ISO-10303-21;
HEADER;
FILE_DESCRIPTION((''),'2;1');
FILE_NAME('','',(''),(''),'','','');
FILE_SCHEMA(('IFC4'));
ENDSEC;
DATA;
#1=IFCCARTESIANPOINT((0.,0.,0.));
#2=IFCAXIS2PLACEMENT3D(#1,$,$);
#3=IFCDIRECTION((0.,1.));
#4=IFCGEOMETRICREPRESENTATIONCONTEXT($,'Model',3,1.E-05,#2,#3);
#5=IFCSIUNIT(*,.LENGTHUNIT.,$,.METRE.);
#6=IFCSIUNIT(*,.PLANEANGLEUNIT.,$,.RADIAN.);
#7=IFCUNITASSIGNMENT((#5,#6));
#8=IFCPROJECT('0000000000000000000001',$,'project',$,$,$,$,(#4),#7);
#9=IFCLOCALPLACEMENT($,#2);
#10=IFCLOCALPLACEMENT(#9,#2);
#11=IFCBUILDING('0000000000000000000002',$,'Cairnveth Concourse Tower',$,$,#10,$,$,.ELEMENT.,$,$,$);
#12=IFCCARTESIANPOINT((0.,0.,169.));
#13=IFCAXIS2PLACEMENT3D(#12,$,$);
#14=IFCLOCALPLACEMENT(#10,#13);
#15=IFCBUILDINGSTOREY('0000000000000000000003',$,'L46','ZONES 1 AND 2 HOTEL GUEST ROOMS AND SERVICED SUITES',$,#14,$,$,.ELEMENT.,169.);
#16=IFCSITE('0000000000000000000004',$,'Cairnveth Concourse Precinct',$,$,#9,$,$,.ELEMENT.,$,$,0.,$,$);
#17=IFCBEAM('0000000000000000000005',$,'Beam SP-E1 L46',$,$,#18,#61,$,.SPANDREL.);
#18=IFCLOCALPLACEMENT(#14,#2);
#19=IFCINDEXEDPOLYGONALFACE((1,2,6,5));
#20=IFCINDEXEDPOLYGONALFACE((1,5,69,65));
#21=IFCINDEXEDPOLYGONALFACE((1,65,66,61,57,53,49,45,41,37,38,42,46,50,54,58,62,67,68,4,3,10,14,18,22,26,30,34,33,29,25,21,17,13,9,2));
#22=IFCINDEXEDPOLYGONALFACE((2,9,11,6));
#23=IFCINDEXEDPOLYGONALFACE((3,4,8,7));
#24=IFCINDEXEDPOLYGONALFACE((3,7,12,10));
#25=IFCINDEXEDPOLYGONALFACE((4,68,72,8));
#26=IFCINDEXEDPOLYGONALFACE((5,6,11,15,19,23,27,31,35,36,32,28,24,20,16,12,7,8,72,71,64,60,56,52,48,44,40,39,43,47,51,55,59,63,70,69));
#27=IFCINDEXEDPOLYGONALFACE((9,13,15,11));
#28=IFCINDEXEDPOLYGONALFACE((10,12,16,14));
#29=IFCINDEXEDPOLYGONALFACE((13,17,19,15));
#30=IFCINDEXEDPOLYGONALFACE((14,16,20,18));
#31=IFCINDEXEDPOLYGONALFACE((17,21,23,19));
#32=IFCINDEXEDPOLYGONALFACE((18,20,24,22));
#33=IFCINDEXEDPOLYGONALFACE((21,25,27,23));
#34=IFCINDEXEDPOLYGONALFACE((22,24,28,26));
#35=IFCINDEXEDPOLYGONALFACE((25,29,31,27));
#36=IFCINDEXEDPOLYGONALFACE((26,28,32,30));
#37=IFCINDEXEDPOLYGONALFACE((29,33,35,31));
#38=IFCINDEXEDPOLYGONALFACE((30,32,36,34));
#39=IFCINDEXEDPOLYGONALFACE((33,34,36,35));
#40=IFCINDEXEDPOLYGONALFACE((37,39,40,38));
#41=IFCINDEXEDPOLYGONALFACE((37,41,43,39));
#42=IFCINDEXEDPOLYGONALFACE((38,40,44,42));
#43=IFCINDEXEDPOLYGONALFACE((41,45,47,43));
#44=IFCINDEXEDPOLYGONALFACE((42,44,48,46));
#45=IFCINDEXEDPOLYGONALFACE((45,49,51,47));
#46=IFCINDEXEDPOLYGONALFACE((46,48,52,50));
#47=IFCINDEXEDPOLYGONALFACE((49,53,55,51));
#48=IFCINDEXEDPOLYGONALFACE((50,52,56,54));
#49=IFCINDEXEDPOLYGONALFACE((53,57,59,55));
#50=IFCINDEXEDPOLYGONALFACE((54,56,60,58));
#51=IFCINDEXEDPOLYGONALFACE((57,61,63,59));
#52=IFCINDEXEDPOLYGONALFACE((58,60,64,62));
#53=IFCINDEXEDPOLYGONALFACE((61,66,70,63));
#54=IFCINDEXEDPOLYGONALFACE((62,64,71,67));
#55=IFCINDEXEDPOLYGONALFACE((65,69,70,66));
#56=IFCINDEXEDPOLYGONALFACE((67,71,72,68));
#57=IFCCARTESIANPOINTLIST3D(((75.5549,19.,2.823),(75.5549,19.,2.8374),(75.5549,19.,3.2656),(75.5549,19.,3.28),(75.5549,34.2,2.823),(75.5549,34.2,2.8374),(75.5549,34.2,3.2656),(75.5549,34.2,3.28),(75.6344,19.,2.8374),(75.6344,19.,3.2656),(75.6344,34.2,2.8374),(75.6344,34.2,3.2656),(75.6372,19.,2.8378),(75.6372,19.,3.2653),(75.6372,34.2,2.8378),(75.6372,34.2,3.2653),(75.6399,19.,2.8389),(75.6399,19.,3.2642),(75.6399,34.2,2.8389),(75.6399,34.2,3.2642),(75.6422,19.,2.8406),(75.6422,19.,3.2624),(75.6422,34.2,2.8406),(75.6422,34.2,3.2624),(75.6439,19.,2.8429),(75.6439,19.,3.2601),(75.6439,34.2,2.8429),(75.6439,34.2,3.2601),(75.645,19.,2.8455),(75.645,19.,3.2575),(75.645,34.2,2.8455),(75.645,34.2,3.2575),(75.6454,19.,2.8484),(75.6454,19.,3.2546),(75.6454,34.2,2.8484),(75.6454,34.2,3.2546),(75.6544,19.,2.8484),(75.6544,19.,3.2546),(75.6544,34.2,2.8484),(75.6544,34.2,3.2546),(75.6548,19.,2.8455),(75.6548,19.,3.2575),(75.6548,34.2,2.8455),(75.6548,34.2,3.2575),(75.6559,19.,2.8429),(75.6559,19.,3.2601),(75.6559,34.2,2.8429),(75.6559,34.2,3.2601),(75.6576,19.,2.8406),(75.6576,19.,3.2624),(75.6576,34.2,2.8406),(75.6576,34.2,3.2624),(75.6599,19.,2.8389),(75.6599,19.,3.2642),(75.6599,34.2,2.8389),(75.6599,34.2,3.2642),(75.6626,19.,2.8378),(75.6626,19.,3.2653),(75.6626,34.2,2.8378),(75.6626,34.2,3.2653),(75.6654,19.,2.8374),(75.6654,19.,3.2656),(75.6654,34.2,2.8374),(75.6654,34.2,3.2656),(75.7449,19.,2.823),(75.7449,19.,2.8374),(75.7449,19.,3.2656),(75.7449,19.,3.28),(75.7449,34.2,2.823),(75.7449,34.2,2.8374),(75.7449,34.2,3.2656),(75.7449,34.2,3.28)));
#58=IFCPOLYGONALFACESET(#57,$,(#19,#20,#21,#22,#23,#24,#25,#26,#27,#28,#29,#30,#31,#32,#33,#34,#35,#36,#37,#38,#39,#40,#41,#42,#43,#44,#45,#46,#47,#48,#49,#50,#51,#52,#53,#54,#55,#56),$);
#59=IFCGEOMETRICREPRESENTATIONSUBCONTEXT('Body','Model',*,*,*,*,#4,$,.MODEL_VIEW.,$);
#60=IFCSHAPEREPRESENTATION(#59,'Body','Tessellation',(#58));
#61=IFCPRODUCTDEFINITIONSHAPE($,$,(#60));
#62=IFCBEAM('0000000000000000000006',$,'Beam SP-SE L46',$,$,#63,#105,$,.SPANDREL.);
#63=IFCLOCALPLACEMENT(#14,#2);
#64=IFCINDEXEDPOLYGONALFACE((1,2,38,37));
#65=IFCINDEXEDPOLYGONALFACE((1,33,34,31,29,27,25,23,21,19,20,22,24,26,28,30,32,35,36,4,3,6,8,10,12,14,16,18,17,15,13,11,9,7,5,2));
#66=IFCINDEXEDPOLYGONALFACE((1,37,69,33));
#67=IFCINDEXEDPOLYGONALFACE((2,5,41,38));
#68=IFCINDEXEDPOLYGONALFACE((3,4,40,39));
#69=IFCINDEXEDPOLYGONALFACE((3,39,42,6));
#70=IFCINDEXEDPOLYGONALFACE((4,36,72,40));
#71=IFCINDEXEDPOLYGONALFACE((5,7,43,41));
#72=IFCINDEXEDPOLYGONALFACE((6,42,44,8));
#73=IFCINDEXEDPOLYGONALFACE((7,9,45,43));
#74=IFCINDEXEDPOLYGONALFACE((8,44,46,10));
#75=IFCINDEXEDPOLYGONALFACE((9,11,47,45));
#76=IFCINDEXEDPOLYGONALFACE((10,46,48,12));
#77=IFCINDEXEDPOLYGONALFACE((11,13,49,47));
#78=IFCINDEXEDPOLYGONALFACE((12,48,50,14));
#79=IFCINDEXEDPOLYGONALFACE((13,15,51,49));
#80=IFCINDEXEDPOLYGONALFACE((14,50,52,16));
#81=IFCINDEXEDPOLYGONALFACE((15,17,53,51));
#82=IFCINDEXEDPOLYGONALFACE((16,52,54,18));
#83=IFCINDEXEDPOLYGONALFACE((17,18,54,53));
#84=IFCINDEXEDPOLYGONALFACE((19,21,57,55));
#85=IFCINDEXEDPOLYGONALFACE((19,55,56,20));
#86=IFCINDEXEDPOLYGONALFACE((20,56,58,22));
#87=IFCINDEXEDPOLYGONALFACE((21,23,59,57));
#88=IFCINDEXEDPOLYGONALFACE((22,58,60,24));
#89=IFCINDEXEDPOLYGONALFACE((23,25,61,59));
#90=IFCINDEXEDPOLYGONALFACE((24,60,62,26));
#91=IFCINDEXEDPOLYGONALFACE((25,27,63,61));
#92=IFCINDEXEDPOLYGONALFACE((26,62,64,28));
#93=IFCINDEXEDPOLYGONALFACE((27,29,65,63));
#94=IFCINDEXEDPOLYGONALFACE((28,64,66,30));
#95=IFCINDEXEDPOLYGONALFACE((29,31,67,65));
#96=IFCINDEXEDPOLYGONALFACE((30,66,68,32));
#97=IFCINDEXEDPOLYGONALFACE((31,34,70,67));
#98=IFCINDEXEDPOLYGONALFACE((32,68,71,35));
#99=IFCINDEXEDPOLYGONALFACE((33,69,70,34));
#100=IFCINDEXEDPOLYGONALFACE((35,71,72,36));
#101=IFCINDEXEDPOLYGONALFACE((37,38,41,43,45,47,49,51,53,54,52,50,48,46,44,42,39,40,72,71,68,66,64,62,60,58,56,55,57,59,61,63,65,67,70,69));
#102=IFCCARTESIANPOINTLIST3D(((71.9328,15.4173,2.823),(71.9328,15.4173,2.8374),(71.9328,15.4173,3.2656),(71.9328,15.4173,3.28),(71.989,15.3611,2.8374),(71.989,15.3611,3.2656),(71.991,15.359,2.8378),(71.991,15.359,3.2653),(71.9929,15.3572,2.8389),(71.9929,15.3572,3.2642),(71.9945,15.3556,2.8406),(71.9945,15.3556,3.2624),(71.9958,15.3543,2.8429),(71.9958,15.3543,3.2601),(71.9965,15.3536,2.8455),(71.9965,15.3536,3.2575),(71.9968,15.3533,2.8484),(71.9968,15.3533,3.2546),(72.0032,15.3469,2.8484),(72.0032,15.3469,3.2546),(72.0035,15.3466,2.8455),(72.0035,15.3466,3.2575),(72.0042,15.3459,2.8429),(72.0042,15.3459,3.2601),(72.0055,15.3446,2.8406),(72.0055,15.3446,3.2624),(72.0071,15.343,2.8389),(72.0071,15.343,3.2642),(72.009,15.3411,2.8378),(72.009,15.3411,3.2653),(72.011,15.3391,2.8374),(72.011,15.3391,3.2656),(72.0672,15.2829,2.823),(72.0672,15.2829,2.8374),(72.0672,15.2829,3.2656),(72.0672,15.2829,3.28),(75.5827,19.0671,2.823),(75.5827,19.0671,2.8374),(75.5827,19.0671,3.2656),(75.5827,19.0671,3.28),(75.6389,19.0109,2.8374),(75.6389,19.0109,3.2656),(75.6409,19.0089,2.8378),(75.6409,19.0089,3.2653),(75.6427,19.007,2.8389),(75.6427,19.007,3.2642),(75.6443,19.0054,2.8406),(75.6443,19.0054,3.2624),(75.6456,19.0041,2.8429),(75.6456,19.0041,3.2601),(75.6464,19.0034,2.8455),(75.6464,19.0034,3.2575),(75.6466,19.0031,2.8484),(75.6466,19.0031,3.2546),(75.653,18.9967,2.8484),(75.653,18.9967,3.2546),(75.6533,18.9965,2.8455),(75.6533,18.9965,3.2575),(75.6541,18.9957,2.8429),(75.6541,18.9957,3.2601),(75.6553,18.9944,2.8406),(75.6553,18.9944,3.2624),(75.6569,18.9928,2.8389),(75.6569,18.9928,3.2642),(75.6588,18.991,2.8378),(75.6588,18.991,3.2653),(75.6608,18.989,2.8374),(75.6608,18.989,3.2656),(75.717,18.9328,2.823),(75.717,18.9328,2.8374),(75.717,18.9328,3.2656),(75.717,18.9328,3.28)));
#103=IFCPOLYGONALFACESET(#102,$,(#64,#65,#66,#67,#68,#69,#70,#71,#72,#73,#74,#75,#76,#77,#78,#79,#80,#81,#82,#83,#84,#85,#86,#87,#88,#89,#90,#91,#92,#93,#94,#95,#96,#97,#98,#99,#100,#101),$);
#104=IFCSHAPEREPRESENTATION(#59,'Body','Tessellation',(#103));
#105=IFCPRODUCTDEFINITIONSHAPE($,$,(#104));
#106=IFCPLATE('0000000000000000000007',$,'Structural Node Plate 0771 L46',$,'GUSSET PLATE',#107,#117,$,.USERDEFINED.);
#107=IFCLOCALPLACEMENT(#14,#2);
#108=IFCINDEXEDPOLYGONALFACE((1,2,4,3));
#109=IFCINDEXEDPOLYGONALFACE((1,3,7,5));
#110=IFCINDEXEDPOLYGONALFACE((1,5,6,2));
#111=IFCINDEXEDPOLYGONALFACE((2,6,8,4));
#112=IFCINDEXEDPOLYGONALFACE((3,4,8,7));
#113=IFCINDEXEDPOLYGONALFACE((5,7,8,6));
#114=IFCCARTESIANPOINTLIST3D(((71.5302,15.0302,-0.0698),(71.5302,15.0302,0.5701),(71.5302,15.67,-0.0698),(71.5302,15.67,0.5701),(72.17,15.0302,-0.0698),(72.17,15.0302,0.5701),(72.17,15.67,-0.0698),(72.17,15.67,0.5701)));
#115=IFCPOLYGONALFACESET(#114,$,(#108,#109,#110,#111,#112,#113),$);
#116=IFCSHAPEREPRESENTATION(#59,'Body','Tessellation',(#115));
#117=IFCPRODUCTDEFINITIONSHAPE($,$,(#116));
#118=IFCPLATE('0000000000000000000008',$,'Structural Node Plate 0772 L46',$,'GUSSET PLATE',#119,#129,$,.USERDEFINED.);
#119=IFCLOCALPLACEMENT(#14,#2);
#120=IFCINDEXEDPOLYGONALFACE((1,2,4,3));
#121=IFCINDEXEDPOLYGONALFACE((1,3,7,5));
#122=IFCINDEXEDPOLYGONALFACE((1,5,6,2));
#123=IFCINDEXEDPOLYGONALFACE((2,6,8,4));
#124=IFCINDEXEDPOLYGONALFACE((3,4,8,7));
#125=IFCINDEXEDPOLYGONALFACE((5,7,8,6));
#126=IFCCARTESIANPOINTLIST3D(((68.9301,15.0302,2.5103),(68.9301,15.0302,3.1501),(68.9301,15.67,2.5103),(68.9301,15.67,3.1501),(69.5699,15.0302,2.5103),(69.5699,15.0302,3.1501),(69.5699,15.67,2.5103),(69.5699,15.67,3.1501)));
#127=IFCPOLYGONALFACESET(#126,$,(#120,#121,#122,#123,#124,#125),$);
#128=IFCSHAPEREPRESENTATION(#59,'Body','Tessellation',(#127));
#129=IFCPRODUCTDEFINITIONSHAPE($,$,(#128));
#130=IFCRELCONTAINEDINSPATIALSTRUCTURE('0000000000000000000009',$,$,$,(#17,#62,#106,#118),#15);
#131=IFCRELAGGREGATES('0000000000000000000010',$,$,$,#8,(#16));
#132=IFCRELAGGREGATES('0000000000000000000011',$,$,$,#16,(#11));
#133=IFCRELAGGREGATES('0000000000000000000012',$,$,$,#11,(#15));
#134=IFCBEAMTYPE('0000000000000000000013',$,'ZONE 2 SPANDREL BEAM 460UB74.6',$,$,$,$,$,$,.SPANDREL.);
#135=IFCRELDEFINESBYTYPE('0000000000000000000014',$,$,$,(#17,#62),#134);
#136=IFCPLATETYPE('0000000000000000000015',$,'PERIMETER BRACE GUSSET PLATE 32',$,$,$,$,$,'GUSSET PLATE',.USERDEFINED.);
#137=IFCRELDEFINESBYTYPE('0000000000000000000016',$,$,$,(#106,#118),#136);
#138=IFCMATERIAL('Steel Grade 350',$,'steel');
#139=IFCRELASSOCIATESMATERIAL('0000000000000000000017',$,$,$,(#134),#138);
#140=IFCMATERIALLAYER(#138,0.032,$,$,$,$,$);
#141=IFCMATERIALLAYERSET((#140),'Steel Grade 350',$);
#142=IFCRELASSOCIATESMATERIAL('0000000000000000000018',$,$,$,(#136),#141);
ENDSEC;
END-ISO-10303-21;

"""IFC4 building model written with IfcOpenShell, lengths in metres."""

from ifc_helpers import new_model, si_unit, direction, frame, origin, origin_2d, place, context, subcontext, project, spatial, rectangle, i_section, extrude, material, layer, layer_set, material_profile, profile_set, type_object, element, save


model = new_model("IFC4")

# Units and contexts
model_context = context("Model", 3, precision=1e-05, world=origin(), true_north=direction((0.0, 1.0)))
body_context = subcontext(model_context, "Body", "Model", "MODEL_VIEW")
ifc_project = project(units=[si_unit("LENGTHUNIT", "METRE"), si_unit("PLANEANGLEUNIT", "RADIAN")], contexts=[model_context])

# Site, building, storey
site_placement = place(None, origin())
site = spatial("IfcSite", under=ifc_project, at=site_placement, Name="Cairnveth Concourse Precinct", CompositionType="ELEMENT", RefElevation=0.0)
building_placement = place(site_placement, origin())
building = spatial("IfcBuilding", under=site, at=building_placement, Name="Cairnveth Concourse Tower", CompositionType="ELEMENT")
storey_placement = place(building_placement, frame((0.0, 0.0, 169.0)))
storey = spatial("IfcBuildingStorey", under=building, at=storey_placement, Name="L46", Description="ZONES 1 AND 2 HOTEL GUEST ROOMS AND SERVICED SUITES", CompositionType="ELEMENT", Elevation=169.0)

# Shared definitions
ifc_material_1 = material(Name="Steel Grade 350", Category="steel")

# Beams
ifc_material_profile_1 = material_profile(ifc_material_1, i_section(OverallWidth=0.1899, OverallDepth=0.457, WebThickness=0.009, FlangeThickness=0.0144, FilletRadius=0.011, at=origin_2d()), Name="460UB74.6")
ifc_profile_set_1 = profile_set([ifc_material_profile_1], Name="Steel Grade 350")
beam_type_1 = type_object("IfcBeamType", Name="ZONE 2 SPANDREL BEAM 460UB74.6", PredefinedType="SPANDREL", material=ifc_profile_set_1)
beam_1_placement = place(storey_placement, frame((75.6499, 19.0, 3.0515), z_axis=(0.0, 1.0, 0.0), x_axis=(-1.0, 0.0, 0.0)))
element("IfcBeam", 1, at=beam_1_placement, inside=storey, type_object=beam_type_1, Name="Beam SP-E1 L46", PredefinedType="SPANDREL", context=body_context, shape_type="SweptSolid", body=[
    extrude(i_section(OverallWidth=0.1899, OverallDepth=0.457, WebThickness=0.009, FlangeThickness=0.0144, FilletRadius=0.011, at=origin_2d()), origin(), (0.0, 0.0, 1.0), 15.2),
])
beam_2_placement = place(storey_placement, frame((72.0, 15.3501, 3.0515), z_axis=(0.707107, 0.707107, 0.0), x_axis=(-0.707107, 0.707107, 0.0)))
element("IfcBeam", 2, at=beam_2_placement, inside=storey, type_object=beam_type_1, Name="Beam SP-SE L46", PredefinedType="SPANDREL", context=body_context, shape_type="SweptSolid", body=[
    extrude(i_section(OverallWidth=0.1899, OverallDepth=0.457, WebThickness=0.009, FlangeThickness=0.0144, FilletRadius=0.011, at=origin_2d()), origin(), (0.0, 0.0, 1.0), 5.1616),
])

# Plates
ifc_layer_1 = layer(ifc_material_1, 0.032)
ifc_layer_set_1 = layer_set([ifc_layer_1], Name="Steel Grade 350")
plate_type = type_object("IfcPlateType", Name="PERIMETER BRACE GUSSET PLATE 32", ElementType="GUSSET PLATE", PredefinedType="USERDEFINED", material=ifc_layer_set_1)
for number, where, z_axis, x_axis, name in (
    (3, (71.8501, 15.3501, -0.0698), (0.0, 0.0, 1.0), (1.0, 0.0, 0.0), "Structural Node Plate 0771 L46"),
    (4, (69.25, 15.3501, 2.5103), (0.0, 0.0, 1.0), (1.0, 0.0, 0.0), "Structural Node Plate 0772 L46"),
):
    element("IfcPlate", number, at=place(storey_placement, frame(where, z_axis=z_axis, x_axis=x_axis)), inside=storey, type_object=plate_type, Name=name, ObjectType="GUSSET PLATE", PredefinedType="USERDEFINED", context=body_context, shape_type="SweptSolid", body=[
        extrude(rectangle(XDim=0.6399, YDim=0.6399, at=origin_2d()), origin(), (0.0, 0.0, 1.0), 0.6399),
    ])

save(model, "model.ifc")
